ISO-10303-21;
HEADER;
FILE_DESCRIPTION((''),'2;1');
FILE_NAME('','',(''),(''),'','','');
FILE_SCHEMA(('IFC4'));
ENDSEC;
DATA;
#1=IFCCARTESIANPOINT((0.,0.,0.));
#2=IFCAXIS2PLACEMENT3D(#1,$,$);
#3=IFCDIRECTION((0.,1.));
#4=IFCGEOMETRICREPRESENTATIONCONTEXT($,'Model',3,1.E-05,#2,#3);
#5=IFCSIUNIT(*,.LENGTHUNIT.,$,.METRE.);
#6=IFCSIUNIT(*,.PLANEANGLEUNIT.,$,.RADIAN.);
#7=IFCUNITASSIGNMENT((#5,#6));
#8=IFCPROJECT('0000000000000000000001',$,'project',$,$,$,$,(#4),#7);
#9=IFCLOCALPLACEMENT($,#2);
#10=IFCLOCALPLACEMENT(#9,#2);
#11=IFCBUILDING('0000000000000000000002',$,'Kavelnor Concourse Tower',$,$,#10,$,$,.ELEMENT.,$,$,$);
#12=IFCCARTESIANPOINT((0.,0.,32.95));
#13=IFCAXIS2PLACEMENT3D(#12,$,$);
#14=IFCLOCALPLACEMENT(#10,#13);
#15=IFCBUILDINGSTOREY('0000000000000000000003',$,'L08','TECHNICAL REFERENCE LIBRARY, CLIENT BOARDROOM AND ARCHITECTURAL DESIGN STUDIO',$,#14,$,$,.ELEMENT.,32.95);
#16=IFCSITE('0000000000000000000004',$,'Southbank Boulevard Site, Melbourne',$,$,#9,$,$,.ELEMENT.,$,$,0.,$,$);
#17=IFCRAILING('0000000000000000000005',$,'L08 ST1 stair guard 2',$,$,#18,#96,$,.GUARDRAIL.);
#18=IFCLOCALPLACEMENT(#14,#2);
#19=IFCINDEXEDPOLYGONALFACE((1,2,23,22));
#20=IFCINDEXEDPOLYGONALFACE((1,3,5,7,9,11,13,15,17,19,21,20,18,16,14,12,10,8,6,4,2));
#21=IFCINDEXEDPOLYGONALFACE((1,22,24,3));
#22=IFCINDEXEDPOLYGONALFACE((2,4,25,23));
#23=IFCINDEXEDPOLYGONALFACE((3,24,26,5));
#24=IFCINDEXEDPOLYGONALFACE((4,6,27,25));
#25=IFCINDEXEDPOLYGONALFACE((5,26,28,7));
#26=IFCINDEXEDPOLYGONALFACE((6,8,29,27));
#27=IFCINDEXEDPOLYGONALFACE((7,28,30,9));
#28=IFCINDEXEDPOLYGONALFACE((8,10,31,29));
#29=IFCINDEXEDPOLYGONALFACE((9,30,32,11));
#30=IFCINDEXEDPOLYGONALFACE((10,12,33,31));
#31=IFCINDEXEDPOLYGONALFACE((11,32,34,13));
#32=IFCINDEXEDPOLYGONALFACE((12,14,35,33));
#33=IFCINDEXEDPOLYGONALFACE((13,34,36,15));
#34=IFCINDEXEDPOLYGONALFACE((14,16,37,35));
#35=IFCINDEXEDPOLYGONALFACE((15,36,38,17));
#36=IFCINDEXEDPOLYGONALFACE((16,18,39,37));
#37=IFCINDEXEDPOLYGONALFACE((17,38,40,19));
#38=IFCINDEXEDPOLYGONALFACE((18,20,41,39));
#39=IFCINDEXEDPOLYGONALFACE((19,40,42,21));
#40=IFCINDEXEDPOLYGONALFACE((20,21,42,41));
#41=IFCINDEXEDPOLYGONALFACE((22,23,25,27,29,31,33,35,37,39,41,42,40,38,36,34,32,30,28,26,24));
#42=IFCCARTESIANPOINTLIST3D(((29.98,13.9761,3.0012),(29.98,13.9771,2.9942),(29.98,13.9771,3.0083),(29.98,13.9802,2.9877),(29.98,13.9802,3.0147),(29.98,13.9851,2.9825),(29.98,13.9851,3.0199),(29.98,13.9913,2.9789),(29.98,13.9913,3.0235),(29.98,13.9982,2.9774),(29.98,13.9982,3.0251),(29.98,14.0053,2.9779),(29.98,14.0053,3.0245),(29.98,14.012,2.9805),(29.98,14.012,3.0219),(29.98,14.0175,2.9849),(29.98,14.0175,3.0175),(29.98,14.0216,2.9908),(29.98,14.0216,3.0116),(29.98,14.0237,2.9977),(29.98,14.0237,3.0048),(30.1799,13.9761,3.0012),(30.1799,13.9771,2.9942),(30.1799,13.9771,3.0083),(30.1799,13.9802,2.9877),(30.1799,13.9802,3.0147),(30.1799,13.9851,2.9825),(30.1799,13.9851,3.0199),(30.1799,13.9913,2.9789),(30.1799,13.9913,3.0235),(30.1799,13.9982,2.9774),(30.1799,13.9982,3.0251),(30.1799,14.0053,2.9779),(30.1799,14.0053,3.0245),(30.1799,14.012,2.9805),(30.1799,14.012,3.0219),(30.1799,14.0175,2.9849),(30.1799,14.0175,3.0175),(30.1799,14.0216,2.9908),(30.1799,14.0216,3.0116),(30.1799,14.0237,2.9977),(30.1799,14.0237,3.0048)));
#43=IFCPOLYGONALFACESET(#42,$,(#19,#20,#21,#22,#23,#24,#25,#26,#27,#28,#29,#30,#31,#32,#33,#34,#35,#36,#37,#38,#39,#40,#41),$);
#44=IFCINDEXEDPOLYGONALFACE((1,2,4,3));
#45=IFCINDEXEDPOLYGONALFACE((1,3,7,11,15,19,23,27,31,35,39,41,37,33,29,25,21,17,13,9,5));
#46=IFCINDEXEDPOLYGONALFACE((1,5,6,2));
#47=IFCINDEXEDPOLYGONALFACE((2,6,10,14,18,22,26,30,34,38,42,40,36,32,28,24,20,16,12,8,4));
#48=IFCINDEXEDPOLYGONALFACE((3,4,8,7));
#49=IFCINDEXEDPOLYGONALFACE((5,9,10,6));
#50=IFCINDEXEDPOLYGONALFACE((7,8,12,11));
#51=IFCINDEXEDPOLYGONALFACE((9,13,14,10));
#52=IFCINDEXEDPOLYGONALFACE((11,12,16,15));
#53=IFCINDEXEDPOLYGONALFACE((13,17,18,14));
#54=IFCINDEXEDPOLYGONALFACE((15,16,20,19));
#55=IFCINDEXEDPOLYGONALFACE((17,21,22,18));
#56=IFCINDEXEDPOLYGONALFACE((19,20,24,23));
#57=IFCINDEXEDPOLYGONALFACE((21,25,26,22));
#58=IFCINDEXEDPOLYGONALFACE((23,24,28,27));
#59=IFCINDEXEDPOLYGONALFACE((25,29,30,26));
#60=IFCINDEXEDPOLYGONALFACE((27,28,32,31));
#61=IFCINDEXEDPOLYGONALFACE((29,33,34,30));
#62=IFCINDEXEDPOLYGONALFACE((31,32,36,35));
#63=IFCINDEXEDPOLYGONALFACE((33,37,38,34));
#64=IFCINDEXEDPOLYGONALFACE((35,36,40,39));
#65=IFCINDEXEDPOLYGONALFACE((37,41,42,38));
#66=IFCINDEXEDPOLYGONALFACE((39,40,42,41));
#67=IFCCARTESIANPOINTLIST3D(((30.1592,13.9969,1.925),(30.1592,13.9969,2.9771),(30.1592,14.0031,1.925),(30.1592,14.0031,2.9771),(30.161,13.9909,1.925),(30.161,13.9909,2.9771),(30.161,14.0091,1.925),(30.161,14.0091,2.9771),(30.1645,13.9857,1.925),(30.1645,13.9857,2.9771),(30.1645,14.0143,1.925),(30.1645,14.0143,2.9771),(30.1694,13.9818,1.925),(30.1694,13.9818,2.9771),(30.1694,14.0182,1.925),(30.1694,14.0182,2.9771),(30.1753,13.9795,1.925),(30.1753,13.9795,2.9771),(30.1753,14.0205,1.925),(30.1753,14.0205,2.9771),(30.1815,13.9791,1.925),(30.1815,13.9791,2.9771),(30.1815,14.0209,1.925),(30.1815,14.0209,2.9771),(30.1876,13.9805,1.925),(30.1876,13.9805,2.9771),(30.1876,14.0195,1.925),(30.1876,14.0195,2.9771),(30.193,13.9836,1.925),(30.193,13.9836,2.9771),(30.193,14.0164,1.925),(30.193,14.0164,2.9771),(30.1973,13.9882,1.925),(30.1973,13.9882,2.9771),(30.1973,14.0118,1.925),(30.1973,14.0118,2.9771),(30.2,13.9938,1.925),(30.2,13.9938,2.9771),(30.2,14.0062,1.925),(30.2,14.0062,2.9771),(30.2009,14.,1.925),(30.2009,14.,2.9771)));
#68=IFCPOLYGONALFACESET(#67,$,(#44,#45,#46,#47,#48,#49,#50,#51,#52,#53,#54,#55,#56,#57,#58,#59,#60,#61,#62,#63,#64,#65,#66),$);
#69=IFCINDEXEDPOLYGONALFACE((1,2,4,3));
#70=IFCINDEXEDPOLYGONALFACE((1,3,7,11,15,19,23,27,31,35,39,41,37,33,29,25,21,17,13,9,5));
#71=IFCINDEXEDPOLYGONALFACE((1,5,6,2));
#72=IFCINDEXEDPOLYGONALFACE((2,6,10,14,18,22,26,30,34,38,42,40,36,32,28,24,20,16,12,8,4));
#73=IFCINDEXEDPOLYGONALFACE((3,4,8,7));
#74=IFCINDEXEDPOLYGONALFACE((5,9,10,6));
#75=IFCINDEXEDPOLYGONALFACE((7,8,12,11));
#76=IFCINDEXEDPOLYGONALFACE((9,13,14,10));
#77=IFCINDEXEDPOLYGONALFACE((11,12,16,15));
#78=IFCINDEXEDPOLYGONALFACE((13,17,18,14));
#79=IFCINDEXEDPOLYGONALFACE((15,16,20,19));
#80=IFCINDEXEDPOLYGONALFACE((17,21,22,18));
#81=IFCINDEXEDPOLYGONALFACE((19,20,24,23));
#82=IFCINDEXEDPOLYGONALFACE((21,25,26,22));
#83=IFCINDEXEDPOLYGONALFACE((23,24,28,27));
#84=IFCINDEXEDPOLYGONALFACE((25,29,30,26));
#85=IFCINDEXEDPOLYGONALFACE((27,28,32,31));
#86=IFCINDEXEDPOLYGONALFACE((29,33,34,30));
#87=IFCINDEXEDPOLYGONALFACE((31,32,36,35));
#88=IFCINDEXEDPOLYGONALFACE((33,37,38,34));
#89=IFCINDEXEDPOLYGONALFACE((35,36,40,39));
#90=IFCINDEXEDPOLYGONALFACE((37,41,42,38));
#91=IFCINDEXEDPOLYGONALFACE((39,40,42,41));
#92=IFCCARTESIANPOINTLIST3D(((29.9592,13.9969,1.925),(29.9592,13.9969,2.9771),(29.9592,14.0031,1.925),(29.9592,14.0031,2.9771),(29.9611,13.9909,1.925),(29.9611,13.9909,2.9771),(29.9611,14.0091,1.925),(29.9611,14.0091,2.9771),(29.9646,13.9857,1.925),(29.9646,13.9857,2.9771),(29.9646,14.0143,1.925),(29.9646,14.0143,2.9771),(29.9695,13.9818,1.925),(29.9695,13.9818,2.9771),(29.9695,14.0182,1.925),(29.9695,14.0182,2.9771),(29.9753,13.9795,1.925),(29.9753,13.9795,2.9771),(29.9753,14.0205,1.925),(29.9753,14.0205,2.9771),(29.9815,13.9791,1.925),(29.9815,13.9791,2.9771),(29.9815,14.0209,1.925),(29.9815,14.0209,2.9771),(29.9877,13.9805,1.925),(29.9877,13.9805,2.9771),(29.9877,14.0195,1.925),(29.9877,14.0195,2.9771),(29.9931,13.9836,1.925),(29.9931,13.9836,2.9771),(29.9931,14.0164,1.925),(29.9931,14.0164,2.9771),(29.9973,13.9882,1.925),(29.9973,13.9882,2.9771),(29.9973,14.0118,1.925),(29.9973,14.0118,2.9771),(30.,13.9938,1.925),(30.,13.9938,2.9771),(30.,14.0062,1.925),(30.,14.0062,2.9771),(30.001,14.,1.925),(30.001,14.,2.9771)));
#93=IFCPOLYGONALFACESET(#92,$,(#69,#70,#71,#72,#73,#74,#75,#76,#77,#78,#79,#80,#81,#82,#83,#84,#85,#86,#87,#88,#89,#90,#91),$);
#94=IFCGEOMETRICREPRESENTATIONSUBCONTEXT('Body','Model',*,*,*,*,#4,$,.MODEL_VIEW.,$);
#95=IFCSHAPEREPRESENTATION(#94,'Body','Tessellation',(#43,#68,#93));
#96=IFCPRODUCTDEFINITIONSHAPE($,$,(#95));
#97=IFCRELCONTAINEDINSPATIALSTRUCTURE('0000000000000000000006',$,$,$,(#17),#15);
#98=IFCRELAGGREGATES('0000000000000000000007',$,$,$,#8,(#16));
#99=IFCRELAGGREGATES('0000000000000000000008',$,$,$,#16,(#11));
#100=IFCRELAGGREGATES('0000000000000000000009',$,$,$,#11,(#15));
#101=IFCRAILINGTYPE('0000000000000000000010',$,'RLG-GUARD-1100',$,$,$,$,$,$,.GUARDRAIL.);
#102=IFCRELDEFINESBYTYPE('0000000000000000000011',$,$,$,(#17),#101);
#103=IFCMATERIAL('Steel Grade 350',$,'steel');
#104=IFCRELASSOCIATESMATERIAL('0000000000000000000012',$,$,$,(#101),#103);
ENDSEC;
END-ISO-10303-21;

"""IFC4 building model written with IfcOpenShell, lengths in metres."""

from ifc_helpers import new_model, si_unit, direction, frame, origin, origin_2d, place, context, subcontext, project, spatial, circle, extrude, material, type_object, element, save


model = new_model("IFC4")

# Units and contexts
model_context = context("Model", 3, precision=1e-05, world=origin(), true_north=direction((0.0, 1.0)))
body_context = subcontext(model_context, "Body", "Model", "MODEL_VIEW")
ifc_project = project(units=[si_unit("LENGTHUNIT", "METRE"), si_unit("PLANEANGLEUNIT", "RADIAN")], contexts=[model_context])

# Site, building, storey
site_placement = place(None, origin())
site = spatial("IfcSite", under=ifc_project, at=site_placement, Name="Southbank Boulevard Site, Melbourne", CompositionType="ELEMENT", RefElevation=0.0)
building_placement = place(site_placement, origin())
building = spatial("IfcBuilding", under=site, at=building_placement, Name="Kavelnor Concourse Tower", CompositionType="ELEMENT")
storey_placement = place(building_placement, frame((0.0, 0.0, 32.95)))
storey = spatial("IfcBuildingStorey", under=building, at=storey_placement, Name="L08", Description="TECHNICAL REFERENCE LIBRARY, CLIENT BOARDROOM AND ARCHITECTURAL DESIGN STUDIO", CompositionType="ELEMENT", Elevation=32.95)

# Shared definitions
ifc_material_1 = material(Name="Steel Grade 350", Category="steel")

# Railing
railing_type_1 = type_object("IfcRailingType", Name="RLG-GUARD-1100", PredefinedType="GUARDRAIL", material=ifc_material_1)
railing_1_placement = place(storey_placement, frame((30.1799, 14.0, 1.925)))
element("IfcRailing", 1, at=railing_1_placement, inside=storey, type_object=railing_type_1, Name="L08 ST1 stair guard 2", PredefinedType="GUARDRAIL", context=body_context, shape_type="SweptSolid", body=[
    extrude(circle(Radius=0.0239, at=origin_2d()), frame((0.0, 0.0, 1.0762), z_axis=(-1.0, 0.0, 0.0), x_axis=(0.0, -1.0, 0.0)), (0.0, 0.0, 1.0), 0.2),
    extrude(circle(Radius=0.021, at=origin_2d()), origin(), (0.0, 0.0, 1.0), 1.052),
    extrude(circle(Radius=0.021, at=origin_2d()), frame((-0.2, 0.0, 0.0)), (0.0, 0.0, 1.0), 1.052),
])

save(model, "model.ifc")
